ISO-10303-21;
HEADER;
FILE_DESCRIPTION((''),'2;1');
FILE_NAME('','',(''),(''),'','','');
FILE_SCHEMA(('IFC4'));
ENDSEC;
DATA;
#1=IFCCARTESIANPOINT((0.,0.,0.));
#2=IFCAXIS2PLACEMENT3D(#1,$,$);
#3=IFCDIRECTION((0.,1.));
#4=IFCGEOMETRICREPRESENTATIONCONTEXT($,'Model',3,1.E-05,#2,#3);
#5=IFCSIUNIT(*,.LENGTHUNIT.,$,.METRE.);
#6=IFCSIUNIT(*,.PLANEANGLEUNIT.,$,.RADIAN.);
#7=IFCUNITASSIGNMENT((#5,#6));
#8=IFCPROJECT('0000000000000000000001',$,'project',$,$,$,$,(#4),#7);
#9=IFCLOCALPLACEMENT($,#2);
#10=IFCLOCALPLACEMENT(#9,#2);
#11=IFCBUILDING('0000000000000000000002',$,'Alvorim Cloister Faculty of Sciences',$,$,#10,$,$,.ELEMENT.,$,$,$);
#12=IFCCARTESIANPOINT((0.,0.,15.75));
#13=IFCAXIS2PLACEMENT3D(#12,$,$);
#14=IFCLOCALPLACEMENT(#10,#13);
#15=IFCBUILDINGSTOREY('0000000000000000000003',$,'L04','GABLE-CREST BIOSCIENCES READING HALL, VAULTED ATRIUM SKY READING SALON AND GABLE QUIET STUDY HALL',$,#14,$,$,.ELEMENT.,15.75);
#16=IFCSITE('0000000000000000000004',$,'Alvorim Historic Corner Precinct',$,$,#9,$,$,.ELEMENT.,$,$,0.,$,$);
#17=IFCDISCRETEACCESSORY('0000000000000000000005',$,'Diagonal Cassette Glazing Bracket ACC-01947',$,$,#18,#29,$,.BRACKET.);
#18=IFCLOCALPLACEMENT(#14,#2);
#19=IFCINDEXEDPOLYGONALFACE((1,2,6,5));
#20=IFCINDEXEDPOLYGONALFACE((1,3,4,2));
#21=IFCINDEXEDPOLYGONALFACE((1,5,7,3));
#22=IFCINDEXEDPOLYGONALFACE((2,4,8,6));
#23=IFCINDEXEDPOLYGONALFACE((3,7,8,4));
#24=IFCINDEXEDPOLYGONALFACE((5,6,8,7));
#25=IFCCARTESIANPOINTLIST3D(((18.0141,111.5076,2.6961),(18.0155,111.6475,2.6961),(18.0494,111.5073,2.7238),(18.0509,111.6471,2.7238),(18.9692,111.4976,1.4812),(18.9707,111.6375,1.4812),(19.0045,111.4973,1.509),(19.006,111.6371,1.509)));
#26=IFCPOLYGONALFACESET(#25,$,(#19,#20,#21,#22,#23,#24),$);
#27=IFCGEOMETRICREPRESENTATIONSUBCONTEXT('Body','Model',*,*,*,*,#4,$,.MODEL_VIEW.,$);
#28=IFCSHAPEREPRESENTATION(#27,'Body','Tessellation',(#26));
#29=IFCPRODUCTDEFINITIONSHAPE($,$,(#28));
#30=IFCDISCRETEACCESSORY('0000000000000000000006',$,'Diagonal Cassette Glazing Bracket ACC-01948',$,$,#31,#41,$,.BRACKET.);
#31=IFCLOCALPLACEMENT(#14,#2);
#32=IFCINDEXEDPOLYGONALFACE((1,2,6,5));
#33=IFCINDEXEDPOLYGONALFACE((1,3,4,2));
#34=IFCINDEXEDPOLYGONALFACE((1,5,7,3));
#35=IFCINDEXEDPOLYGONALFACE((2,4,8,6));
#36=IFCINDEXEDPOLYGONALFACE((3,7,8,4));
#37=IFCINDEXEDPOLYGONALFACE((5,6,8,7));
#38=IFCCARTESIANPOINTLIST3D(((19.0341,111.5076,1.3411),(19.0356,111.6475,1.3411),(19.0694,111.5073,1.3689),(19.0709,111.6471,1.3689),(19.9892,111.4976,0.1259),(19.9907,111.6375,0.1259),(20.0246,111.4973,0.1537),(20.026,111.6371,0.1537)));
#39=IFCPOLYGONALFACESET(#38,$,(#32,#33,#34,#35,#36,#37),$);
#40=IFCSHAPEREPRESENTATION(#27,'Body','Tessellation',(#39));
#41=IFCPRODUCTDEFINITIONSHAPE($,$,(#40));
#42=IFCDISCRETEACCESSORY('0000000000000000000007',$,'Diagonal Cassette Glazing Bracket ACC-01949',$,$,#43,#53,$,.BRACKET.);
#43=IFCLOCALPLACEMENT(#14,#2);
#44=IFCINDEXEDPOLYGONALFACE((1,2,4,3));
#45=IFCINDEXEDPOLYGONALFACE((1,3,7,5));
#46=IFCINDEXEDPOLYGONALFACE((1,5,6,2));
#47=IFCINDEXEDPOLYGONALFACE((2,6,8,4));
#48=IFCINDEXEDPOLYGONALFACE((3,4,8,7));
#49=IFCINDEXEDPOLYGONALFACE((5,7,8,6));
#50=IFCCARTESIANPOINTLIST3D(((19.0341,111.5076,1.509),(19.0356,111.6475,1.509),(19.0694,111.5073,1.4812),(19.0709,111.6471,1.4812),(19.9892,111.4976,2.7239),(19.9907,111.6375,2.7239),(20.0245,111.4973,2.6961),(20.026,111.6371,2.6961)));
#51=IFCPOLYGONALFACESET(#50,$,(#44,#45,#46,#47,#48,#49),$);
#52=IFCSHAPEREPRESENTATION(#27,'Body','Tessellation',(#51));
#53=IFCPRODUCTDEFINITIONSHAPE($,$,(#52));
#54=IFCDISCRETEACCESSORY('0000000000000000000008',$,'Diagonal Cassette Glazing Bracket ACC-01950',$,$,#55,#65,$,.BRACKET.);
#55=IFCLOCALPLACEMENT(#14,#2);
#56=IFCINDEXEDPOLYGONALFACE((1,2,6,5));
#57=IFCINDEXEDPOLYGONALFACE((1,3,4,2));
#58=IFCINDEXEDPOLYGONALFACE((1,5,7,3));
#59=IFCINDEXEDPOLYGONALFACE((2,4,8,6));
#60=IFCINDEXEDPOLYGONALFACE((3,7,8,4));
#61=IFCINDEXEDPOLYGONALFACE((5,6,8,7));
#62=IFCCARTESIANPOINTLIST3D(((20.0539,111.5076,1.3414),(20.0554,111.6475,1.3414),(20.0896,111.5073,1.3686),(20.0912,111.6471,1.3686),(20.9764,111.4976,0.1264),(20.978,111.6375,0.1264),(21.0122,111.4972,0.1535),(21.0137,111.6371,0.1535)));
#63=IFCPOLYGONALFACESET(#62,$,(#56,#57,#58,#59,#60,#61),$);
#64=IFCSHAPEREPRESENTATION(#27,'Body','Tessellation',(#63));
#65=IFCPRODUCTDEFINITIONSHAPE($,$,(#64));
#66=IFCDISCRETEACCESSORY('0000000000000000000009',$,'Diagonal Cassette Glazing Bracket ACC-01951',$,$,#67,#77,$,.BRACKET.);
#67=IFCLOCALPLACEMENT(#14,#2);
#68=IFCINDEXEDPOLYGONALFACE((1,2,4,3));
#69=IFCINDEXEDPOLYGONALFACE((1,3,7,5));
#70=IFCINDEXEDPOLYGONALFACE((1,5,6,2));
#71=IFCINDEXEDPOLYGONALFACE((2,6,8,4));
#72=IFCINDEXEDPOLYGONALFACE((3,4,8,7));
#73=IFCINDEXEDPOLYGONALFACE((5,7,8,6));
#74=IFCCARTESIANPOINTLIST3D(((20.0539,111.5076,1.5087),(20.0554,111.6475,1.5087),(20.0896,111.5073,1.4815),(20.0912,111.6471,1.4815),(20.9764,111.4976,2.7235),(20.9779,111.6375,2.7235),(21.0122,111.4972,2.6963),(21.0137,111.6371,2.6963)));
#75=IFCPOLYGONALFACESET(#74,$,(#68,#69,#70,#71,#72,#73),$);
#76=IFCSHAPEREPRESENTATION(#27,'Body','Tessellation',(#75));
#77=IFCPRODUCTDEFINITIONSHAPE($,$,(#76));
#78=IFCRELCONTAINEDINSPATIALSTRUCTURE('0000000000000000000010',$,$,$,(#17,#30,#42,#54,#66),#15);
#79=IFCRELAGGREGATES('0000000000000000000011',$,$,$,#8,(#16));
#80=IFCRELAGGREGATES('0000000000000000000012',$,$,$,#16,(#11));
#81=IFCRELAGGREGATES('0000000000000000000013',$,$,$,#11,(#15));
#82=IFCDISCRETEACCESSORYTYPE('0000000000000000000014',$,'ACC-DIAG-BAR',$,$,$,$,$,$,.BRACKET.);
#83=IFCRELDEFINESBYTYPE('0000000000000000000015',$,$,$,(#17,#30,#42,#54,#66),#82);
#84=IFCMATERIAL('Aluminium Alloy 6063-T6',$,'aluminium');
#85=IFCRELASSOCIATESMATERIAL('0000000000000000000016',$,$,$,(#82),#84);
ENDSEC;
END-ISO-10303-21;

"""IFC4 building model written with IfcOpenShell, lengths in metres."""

from ifc_helpers import new_model, si_unit, direction, frame, origin, origin_2d, place, context, subcontext, project, spatial, rectangle, extrude, material, type_object, element, save


model = new_model("IFC4")

# Units and contexts
model_context = context("Model", 3, precision=1e-05, world=origin(), true_north=direction((0.0, 1.0)))
body_context = subcontext(model_context, "Body", "Model", "MODEL_VIEW")
ifc_project = project(units=[si_unit("LENGTHUNIT", "METRE"), si_unit("PLANEANGLEUNIT", "RADIAN")], contexts=[model_context])

# Site, building, storey
site_placement = place(None, origin())
site = spatial("IfcSite", under=ifc_project, at=site_placement, Name="Alvorim Historic Corner Precinct", CompositionType="ELEMENT", RefElevation=0.0)
building_placement = place(site_placement, origin())
building = spatial("IfcBuilding", under=site, at=building_placement, Name="Alvorim Cloister Faculty of Sciences", CompositionType="ELEMENT")
storey_placement = place(building_placement, frame((0.0, 0.0, 15.75)))
storey = spatial("IfcBuildingStorey", under=building, at=storey_placement, Name="L04", Description="GABLE-CREST BIOSCIENCES READING HALL, VAULTED ATRIUM SKY READING SALON AND GABLE QUIET STUDY HALL", CompositionType="ELEMENT", Elevation=15.75)

# Shared definitions
ifc_material_1 = material(Name="Aluminium Alloy 6063-T6", Category="aluminium")

# Discrete accessories
discrete_accessory_type = type_object("IfcDiscreteAccessoryType", Name="ACC-DIAG-BAR", PredefinedType="BRACKET", material=ifc_material_1)
discrete_accessory_1_placement = place(storey_placement, frame((18.0325, 111.5774, 2.71), z_axis=(0.618032, -0.006477, -0.786126), x_axis=(0.01048, 0.999945, 0.0)))
element("IfcDiscreteAccessory", 1, at=discrete_accessory_1_placement, inside=storey, type_object=discrete_accessory_type, Name="Diagonal Cassette Glazing Bracket ACC-01947", PredefinedType="BRACKET", context=body_context, shape_type="SweptSolid", body=[
    extrude(rectangle(XDim=0.1399, YDim=0.0449, at=origin_2d()), origin(), (0.0, 0.0, 1.0), 1.5454),
])
discrete_accessory_2_placement = place(storey_placement, frame((19.0525, 111.5774, 1.355), z_axis=(0.617955, -0.006477, -0.786187), x_axis=(0.01048, 0.999945, 0.0)))
element("IfcDiscreteAccessory", 2, at=discrete_accessory_2_placement, inside=storey, type_object=discrete_accessory_type, Name="Diagonal Cassette Glazing Bracket ACC-01948", PredefinedType="BRACKET", context=body_context, shape_type="SweptSolid", body=[
    extrude(rectangle(XDim=0.1399, YDim=0.0449, at=origin_2d()), origin(), (0.0, 0.0, 1.0), 1.5457),
])
discrete_accessory_3_placement = place(storey_placement, frame((19.0525, 111.5774, 1.4951), z_axis=(0.618032, -0.006477, 0.786126), x_axis=(0.01048, 0.999945, 0.0)))
element("IfcDiscreteAccessory", 3, at=discrete_accessory_3_placement, inside=storey, type_object=discrete_accessory_type, Name="Diagonal Cassette Glazing Bracket ACC-01949", PredefinedType="BRACKET", context=body_context, shape_type="SweptSolid", body=[
    extrude(rectangle(XDim=0.1399, YDim=0.0449, at=origin_2d()), origin(), (0.0, 0.0, 1.0), 1.5454),
])
discrete_accessory_4_placement = place(storey_placement, frame((20.0725, 111.5774, 1.355), z_axis=(0.604713, -0.006561, -0.796416), x_axis=(0.010849, 0.999941, 0.0)))
element("IfcDiscreteAccessory", 4, at=discrete_accessory_4_placement, inside=storey, type_object=discrete_accessory_type, Name="Diagonal Cassette Glazing Bracket ACC-01950", PredefinedType="BRACKET", context=body_context, shape_type="SweptSolid", body=[
    extrude(rectangle(XDim=0.1399, YDim=0.0449, at=origin_2d()), origin(), (0.0, 0.0, 1.0), 1.5256),
])
discrete_accessory_5_placement = place(storey_placement, frame((20.0725, 111.5774, 1.4951), z_axis=(0.60479, -0.006562, 0.796358), x_axis=(0.010849, 0.999941, 0.0)))
element("IfcDiscreteAccessory", 5, at=discrete_accessory_5_placement, inside=storey, type_object=discrete_accessory_type, Name="Diagonal Cassette Glazing Bracket ACC-01951", PredefinedType="BRACKET", context=body_context, shape_type="SweptSolid", body=[
    extrude(rectangle(XDim=0.1399, YDim=0.0449, at=origin_2d()), origin(), (0.0, 0.0, 1.0), 1.5254),
])

save(model, "model.ifc")
